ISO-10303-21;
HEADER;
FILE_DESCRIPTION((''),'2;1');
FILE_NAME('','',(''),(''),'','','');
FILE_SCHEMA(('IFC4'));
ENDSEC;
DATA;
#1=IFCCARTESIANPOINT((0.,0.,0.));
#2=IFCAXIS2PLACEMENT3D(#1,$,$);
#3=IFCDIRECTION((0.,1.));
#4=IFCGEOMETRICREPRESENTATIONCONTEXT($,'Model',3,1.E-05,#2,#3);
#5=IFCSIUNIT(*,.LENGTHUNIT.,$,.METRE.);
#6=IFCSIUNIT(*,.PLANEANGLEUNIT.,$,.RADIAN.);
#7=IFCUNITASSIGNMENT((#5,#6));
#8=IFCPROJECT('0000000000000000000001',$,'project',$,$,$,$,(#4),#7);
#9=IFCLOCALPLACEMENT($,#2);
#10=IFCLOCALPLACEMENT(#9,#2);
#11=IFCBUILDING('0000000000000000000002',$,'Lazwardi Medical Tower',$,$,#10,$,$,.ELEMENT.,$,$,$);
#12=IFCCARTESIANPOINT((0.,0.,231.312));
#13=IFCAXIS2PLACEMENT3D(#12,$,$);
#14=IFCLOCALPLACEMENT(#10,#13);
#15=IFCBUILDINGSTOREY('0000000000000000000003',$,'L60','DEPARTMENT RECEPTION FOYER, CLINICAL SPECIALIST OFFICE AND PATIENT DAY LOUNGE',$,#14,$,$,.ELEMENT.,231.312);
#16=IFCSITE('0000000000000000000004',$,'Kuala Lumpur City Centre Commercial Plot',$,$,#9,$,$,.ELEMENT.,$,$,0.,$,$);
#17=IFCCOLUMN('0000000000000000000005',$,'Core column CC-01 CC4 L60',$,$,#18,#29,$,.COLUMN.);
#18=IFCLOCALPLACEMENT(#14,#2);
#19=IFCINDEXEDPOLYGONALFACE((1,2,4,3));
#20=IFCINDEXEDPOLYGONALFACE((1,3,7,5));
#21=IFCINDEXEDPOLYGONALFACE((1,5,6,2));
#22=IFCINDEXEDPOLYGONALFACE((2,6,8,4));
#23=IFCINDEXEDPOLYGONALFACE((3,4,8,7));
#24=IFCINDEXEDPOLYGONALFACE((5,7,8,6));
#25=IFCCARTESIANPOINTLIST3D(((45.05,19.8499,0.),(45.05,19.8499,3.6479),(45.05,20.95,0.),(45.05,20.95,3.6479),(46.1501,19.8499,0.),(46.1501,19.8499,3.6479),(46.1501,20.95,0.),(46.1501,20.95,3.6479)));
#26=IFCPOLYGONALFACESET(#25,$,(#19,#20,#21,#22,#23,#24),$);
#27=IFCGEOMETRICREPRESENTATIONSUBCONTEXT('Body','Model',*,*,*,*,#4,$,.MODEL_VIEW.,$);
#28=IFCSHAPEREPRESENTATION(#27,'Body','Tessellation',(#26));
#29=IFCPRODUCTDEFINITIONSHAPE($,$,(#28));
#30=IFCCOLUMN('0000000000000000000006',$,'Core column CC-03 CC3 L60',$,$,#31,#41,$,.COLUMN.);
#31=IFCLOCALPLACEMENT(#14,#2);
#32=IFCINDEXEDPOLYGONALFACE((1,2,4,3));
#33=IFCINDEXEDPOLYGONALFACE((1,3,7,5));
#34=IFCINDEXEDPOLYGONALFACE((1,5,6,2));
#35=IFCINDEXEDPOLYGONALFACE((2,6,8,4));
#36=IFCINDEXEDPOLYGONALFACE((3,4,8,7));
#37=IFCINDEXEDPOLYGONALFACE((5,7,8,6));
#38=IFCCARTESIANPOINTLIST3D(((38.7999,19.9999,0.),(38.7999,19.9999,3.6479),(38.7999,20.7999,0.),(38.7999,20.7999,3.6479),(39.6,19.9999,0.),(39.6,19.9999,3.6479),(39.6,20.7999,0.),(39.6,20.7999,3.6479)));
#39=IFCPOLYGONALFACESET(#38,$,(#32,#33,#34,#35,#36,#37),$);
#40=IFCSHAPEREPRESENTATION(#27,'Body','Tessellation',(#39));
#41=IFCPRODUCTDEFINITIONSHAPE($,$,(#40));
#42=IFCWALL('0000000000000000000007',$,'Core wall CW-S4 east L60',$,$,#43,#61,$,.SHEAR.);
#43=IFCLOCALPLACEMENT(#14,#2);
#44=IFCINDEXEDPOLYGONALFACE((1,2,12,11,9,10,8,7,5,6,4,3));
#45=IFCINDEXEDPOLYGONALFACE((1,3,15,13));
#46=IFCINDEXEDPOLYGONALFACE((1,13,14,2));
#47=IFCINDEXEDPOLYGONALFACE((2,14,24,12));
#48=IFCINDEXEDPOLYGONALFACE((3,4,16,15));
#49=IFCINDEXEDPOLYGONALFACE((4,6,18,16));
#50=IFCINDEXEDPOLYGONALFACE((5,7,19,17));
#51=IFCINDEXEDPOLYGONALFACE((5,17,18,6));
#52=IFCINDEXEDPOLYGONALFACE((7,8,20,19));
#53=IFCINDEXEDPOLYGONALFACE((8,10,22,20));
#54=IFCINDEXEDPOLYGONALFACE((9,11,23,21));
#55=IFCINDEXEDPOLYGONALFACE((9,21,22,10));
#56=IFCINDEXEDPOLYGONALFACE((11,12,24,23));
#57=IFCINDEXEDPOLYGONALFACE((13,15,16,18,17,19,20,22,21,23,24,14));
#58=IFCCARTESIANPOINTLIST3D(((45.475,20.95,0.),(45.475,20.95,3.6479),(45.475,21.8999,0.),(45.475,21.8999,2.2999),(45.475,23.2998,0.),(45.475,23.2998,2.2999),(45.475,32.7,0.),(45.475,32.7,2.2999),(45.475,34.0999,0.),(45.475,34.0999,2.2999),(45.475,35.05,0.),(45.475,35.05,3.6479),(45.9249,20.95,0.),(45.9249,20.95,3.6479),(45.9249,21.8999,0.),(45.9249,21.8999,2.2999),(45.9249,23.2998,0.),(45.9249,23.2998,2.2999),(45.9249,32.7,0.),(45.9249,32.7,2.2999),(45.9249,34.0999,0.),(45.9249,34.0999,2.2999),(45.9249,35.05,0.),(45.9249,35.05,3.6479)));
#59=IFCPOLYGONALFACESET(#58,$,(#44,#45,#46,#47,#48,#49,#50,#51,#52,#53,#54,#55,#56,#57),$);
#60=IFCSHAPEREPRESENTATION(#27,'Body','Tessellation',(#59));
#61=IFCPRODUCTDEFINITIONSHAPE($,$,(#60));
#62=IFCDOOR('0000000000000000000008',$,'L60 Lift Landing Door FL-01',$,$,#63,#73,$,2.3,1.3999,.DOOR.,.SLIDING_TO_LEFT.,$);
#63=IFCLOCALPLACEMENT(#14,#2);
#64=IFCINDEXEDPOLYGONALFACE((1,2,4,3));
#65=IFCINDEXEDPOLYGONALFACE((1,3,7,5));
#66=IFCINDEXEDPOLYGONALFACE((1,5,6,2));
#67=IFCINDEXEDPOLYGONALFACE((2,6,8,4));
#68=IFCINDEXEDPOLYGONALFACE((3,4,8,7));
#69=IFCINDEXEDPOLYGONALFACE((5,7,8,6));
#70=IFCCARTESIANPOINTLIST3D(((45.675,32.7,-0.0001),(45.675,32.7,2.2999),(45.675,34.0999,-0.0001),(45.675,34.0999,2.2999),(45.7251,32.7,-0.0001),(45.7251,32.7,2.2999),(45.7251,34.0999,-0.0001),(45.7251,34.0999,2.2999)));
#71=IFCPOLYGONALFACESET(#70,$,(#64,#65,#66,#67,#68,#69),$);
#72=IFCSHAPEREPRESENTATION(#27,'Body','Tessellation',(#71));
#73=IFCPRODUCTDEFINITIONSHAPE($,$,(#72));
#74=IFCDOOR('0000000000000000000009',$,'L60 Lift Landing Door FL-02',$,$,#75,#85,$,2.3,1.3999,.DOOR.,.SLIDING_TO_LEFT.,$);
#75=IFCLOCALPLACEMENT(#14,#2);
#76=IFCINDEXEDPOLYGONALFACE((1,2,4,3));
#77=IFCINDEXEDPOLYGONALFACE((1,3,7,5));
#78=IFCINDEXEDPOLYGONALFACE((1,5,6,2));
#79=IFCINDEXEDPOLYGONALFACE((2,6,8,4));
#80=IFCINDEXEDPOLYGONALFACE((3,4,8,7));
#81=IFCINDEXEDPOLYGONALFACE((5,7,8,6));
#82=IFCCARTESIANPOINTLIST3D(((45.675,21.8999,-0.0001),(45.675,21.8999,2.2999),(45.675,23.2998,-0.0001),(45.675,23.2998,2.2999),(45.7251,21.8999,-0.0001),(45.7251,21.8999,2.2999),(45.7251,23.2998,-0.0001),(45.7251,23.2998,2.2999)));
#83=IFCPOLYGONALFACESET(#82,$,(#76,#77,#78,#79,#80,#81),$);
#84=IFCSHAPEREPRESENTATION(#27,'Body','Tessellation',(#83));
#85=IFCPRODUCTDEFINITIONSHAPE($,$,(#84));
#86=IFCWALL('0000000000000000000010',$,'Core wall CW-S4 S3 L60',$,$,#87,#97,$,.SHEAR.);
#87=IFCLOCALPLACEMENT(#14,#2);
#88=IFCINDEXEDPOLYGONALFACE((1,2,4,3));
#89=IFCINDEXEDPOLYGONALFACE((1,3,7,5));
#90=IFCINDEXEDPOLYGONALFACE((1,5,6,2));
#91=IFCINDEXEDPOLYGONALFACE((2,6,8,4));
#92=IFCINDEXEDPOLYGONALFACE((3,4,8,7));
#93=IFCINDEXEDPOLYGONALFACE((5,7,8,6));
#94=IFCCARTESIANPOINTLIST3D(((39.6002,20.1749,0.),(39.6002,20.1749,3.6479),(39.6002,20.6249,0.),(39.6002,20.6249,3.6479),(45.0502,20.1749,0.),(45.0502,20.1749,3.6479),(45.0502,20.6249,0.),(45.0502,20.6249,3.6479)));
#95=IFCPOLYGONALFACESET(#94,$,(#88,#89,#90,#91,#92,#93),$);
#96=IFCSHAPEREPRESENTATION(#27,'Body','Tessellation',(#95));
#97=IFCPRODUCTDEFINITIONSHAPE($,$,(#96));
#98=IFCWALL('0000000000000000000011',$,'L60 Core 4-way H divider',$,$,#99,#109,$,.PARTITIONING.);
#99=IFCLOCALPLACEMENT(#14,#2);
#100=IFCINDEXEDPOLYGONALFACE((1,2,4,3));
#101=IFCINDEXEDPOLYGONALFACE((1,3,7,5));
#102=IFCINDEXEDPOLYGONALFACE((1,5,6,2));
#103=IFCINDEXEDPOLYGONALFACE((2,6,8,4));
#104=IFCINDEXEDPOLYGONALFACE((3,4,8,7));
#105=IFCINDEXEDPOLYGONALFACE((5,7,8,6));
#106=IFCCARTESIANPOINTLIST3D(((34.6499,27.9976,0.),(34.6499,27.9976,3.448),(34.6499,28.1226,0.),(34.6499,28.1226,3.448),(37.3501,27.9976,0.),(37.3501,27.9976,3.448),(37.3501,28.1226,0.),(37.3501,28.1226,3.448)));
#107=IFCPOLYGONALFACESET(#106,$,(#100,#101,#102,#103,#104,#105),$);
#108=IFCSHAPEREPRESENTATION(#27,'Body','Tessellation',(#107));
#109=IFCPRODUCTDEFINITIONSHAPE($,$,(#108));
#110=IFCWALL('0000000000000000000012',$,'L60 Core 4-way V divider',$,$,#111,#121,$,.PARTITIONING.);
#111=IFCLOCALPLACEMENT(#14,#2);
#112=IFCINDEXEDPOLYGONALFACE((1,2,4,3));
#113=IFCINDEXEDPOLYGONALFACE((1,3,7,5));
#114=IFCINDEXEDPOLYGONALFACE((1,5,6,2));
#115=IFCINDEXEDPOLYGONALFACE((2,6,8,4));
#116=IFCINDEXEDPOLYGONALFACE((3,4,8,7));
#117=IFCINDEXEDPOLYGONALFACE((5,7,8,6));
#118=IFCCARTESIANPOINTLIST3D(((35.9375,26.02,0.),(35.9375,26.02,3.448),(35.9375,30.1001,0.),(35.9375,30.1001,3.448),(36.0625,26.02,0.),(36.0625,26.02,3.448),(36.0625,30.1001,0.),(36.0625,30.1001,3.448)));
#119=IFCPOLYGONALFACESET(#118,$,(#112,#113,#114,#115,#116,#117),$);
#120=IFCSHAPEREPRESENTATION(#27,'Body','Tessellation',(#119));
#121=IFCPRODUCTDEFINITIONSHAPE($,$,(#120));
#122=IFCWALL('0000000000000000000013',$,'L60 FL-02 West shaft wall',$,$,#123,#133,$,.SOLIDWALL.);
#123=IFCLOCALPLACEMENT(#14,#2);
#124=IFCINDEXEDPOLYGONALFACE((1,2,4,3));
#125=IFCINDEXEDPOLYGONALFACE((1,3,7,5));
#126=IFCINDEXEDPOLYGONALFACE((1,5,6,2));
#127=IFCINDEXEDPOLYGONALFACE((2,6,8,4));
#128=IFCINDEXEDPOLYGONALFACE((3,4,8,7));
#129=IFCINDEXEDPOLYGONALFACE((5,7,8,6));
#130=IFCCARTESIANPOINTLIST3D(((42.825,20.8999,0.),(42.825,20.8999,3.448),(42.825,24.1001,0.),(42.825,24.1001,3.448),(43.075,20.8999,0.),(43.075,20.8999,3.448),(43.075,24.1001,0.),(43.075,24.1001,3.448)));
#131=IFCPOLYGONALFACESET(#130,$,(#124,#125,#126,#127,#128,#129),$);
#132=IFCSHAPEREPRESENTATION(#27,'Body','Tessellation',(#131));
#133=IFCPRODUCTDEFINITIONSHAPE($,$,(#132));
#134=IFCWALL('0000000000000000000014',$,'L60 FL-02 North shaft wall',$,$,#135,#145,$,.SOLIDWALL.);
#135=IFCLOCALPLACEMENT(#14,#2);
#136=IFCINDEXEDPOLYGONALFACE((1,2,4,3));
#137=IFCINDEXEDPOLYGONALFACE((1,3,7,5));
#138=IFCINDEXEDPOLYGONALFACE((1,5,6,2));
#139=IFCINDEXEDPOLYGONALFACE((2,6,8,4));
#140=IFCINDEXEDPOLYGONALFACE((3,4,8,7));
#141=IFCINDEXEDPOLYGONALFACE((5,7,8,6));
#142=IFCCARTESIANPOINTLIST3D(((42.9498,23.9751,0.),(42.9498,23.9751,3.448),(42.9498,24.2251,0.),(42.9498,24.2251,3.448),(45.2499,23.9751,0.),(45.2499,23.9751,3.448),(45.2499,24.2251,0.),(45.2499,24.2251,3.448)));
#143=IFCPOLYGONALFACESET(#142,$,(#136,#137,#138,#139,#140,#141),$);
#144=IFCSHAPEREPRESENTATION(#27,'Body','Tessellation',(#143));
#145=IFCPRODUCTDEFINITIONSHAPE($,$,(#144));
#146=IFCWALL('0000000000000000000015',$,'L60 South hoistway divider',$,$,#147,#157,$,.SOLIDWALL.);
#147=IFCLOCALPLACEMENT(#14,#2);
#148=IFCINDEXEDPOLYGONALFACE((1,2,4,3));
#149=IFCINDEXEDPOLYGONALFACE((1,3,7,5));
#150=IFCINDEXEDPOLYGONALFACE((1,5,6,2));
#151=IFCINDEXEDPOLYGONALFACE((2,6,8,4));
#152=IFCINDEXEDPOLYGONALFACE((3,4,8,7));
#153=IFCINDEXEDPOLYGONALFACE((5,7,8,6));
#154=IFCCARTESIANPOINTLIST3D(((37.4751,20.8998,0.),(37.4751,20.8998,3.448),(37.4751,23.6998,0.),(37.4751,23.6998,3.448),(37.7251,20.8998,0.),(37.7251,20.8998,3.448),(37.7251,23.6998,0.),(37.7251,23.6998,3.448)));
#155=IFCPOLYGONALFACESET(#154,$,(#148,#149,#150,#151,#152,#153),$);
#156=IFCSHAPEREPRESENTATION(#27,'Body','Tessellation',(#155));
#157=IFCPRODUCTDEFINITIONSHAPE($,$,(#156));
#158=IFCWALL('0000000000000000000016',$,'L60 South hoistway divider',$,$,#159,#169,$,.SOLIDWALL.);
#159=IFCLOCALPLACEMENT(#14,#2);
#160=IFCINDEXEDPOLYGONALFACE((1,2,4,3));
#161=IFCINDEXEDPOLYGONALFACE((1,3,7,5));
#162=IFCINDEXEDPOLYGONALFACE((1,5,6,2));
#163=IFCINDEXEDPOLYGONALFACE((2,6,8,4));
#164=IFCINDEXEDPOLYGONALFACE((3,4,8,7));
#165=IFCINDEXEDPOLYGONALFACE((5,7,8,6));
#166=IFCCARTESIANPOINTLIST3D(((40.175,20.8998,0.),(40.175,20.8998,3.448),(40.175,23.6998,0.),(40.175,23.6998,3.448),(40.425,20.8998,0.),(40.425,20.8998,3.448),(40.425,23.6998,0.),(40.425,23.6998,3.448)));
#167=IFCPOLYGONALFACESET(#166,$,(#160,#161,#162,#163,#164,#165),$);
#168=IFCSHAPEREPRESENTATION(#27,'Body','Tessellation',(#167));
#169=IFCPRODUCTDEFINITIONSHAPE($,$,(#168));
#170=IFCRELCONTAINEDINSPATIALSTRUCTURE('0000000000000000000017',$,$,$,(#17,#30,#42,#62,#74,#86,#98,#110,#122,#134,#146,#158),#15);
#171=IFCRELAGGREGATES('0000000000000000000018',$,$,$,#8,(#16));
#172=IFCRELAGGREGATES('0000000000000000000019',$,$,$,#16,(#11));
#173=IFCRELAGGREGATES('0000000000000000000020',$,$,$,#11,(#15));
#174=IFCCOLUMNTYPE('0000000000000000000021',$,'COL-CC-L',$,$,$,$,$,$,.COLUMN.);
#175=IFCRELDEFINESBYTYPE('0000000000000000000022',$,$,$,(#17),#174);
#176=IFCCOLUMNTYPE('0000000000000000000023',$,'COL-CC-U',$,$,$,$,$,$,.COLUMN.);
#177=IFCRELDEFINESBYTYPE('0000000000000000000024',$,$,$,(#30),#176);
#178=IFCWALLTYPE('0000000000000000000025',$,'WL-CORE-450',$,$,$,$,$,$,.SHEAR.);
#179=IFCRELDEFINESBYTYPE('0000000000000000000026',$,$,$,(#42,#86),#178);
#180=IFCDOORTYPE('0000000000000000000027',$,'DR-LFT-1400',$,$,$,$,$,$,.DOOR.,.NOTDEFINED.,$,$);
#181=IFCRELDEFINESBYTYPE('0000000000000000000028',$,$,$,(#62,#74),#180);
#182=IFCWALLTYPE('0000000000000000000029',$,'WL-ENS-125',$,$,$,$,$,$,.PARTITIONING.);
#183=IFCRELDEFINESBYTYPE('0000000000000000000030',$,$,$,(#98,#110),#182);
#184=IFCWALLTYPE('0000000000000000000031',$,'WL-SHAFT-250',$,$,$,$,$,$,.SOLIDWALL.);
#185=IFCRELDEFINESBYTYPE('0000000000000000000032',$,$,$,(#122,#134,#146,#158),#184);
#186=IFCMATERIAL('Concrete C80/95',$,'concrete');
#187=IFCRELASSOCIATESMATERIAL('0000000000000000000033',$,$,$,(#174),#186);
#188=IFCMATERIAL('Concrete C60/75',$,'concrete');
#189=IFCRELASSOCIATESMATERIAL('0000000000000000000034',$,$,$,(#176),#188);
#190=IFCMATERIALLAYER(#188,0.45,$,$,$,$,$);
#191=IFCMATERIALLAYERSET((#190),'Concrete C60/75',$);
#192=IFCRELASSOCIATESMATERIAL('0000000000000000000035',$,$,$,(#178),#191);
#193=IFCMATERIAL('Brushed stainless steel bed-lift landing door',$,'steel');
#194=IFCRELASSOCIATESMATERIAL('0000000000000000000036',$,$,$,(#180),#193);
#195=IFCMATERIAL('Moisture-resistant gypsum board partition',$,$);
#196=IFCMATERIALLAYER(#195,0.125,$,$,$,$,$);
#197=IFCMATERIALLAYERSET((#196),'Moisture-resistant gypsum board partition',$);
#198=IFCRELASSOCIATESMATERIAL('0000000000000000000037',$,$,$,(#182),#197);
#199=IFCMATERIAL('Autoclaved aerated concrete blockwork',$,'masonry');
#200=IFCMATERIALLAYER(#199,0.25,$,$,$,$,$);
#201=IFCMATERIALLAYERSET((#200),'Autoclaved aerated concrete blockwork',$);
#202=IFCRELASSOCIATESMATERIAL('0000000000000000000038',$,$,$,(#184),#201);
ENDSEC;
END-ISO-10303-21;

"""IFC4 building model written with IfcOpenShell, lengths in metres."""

from ifc_helpers import new_model, si_unit, direction, frame, frame_2d, origin, origin_2d, place, context, subcontext, project, spatial, rectangle, extrude, material, layer, layer_set, material_profile, profile_set, type_object, element, fill, save


model = new_model("IFC4")

# Units and contexts
model_context = context("Model", 3, precision=1e-05, world=origin(), true_north=direction((0.0, 1.0)))
body_context = subcontext(model_context, "Body", "Model", "MODEL_VIEW")
ifc_project = project(units=[si_unit("LENGTHUNIT", "METRE"), si_unit("PLANEANGLEUNIT", "RADIAN")], contexts=[model_context])

# Site, building, storey
site_placement = place(None, origin())
site = spatial("IfcSite", under=ifc_project, at=site_placement, Name="Kuala Lumpur City Centre Commercial Plot", CompositionType="ELEMENT", RefElevation=0.0)
building_placement = place(site_placement, origin())
building = spatial("IfcBuilding", under=site, at=building_placement, Name="Lazwardi Medical Tower", CompositionType="ELEMENT")
storey_placement = place(building_placement, frame((0.0, 0.0, 231.312)))
storey = spatial("IfcBuildingStorey", under=building, at=storey_placement, Name="L60", Description="DEPARTMENT RECEPTION FOYER, CLINICAL SPECIALIST OFFICE AND PATIENT DAY LOUNGE", CompositionType="ELEMENT", Elevation=231.312)

# Columns
ifc_material_1 = material(Name="Concrete C80/95", Category="concrete")
ifc_material_profile_1 = material_profile(ifc_material_1, rectangle(XDim=1.1001, YDim=1.1001, at=origin_2d()), Name="RC 1100x1100")
ifc_profile_set_1 = profile_set([ifc_material_profile_1], Name="Concrete C80/95")
column_type_1 = type_object("IfcColumnType", Name="COL-CC-L", PredefinedType="COLUMN", material=ifc_profile_set_1)
column_1_placement = place(storey_placement, frame((45.6001, 20.3999, 0.0), z_axis=(0.0, 0.0, 1.0), x_axis=(1.0, 0.0, 0.0)))
element("IfcColumn", 1, at=column_1_placement, inside=storey, type_object=column_type_1, Name="Core column CC-01 CC4 L60", PredefinedType="COLUMN", context=body_context, shape_type="SweptSolid", body=[
    extrude(rectangle(XDim=1.1001, YDim=1.1001, at=origin_2d()), origin(), (0.0, 0.0, 1.0), 3.6479),
])
ifc_material_2 = material(Name="Concrete C60/75", Category="concrete")
ifc_material_profile_2 = material_profile(ifc_material_2, rectangle(XDim=0.8, YDim=0.8, at=origin_2d()), Name="RC 800x800")
ifc_profile_set_2 = profile_set([ifc_material_profile_2], Name="Concrete C60/75")
column_type_2 = type_object("IfcColumnType", Name="COL-CC-U", PredefinedType="COLUMN", material=ifc_profile_set_2)
column_2_placement = place(storey_placement, frame((39.2, 20.3999, 0.0), z_axis=(0.0, 0.0, 1.0), x_axis=(1.0, 0.0, 0.0)))
element("IfcColumn", 2, at=column_2_placement, inside=storey, type_object=column_type_2, Name="Core column CC-03 CC3 L60", PredefinedType="COLUMN", context=body_context, shape_type="SweptSolid", body=[
    extrude(rectangle(XDim=0.8, YDim=0.8, at=origin_2d()), origin(), (0.0, 0.0, 1.0), 3.6479),
])

# Wall, openings, doors
ifc_layer_1 = layer(ifc_material_2, 0.45)
ifc_layer_set_1 = layer_set([ifc_layer_1], Name="Concrete C60/75")
wall_type_1 = type_object("IfcWallType", Name="WL-CORE-450", PredefinedType="SHEAR", material=ifc_layer_set_1)
wall_1_placement = place(storey_placement, frame((45.7, 20.95, 0.0), z_axis=(0.0, 0.0, 1.0), x_axis=(0.0, 1.0, 0.0)))
wall_1 = element("IfcWall", 3, at=wall_1_placement, inside=storey, type_object=wall_type_1, Name="Core wall CW-S4 east L60", PredefinedType="SHEAR", context=body_context, shape_type="SweptSolid", body=[
    extrude(rectangle(XDim=14.1001, YDim=0.45, at=frame_2d((7.05, 0.0))), origin(), (0.0, 0.0, 1.0), 3.6479),
])
opening_1_placement = place(wall_1_placement, frame((11.75, 0.0, 0.0)))
opening_1 = element("IfcOpeningElement", 4, at=opening_1_placement, cuts=wall_1, PredefinedType="OPENING", context=body_context, shape_type="SweptSolid", body=[
    extrude(rectangle(XDim=1.3999, YDim=2.3, at=frame_2d((0.7, 1.1499))), frame((0.0, 0.2349, 0.0), z_axis=(0.0, -1.0, 0.0), x_axis=(1.0, 0.0, 0.0)), (0.0, 0.0, 1.0), 0.47),
])
opening_2_placement = place(wall_1_placement, frame((0.95, 0.0, 0.0)))
opening_2 = element("IfcOpeningElement", 5, at=opening_2_placement, cuts=wall_1, PredefinedType="OPENING", context=body_context, shape_type="SweptSolid", body=[
    extrude(rectangle(XDim=1.3999, YDim=2.3, at=frame_2d((0.7, 1.1499))), frame((0.0, 0.2349, 0.0), z_axis=(0.0, -1.0, 0.0), x_axis=(1.0, 0.0, 0.0)), (0.0, 0.0, 1.0), 0.47),
])
ifc_material_3 = material(Name="Brushed stainless steel bed-lift landing door", Category="steel")
door_type_1 = type_object("IfcDoorType", Name="DR-LFT-1400", OperationType="NOTDEFINED", PredefinedType="DOOR", material=ifc_material_3)
door_1_placement = place(opening_1_placement, origin())
door_1 = element("IfcDoor", 6, at=door_1_placement, inside=storey, type_object=door_type_1, Name="L60 Lift Landing Door FL-01", OperationType="SLIDING_TO_LEFT", OverallHeight=2.3, OverallWidth=1.3999, PredefinedType="DOOR", context=body_context, shape_type="SweptSolid", body=[
    extrude(rectangle(XDim=1.3999, YDim=2.3, at=frame_2d((0.7, 1.1499))), frame((0.0, 0.0249, 0.0), z_axis=(0.0, -1.0, 0.0), x_axis=(1.0, 0.0, 0.0)), (0.0, 0.0, 1.0), 0.05),
])
fill(opening_1, door_1)
door_2_placement = place(opening_2_placement, origin())
door_2 = element("IfcDoor", 7, at=door_2_placement, inside=storey, type_object=door_type_1, Name="L60 Lift Landing Door FL-02", OperationType="SLIDING_TO_LEFT", OverallHeight=2.3, OverallWidth=1.3999, PredefinedType="DOOR", context=body_context, shape_type="SweptSolid", body=[
    extrude(rectangle(XDim=1.3999, YDim=2.3, at=frame_2d((0.7, 1.1499))), frame((0.0, 0.0249, 0.0), z_axis=(0.0, -1.0, 0.0), x_axis=(1.0, 0.0, 0.0)), (0.0, 0.0, 1.0), 0.05),
])
fill(opening_2, door_2)

# Walls
wall_2_placement = place(storey_placement, frame((39.6001, 20.3999, 0.0), z_axis=(0.0, 0.0, 1.0), x_axis=(1.0, 0.0, 0.0)))
element("IfcWall", 8, at=wall_2_placement, inside=storey, type_object=wall_type_1, Name="Core wall CW-S4 S3 L60", PredefinedType="SHEAR", context=body_context, shape_type="SweptSolid", body=[
    extrude(rectangle(XDim=5.45, YDim=0.45, at=frame_2d((2.7251, 0.0))), origin(), (0.0, 0.0, 1.0), 3.6479),
])
ifc_material_4 = material(Name="Moisture-resistant gypsum board partition")
ifc_layer_2 = layer(ifc_material_4, 0.125)
ifc_layer_set_2 = layer_set([ifc_layer_2], Name="Moisture-resistant gypsum board partition")
wall_type_2 = type_object("IfcWallType", Name="WL-ENS-125", PredefinedType="PARTITIONING", material=ifc_layer_set_2)
wall_3_placement = place(storey_placement, frame((34.6499, 28.0601, 0.0), z_axis=(0.0, 0.0, 1.0), x_axis=(1.0, 0.0, 0.0)))
element("IfcWall", 9, at=wall_3_placement, inside=storey, type_object=wall_type_2, Name="L60 Core 4-way H divider", PredefinedType="PARTITIONING", context=body_context, shape_type="SweptSolid", body=[
    extrude(rectangle(XDim=2.7002, YDim=0.125, at=frame_2d((1.3501, 0.0))), origin(), (0.0, 0.0, 1.0), 3.448),
])
wall_4_placement = place(storey_placement, frame((36.0, 26.02, 0.0), z_axis=(0.0, 0.0, 1.0), x_axis=(0.0, 1.0, 0.0)))
element("IfcWall", 10, at=wall_4_placement, inside=storey, type_object=wall_type_2, Name="L60 Core 4-way V divider", PredefinedType="PARTITIONING", context=body_context, shape_type="SweptSolid", body=[
    extrude(rectangle(XDim=4.0801, YDim=0.125, at=frame_2d((2.04, 0.0))), origin(), (0.0, 0.0, 1.0), 3.448),
])
ifc_material_5 = material(Name="Autoclaved aerated concrete blockwork", Category="masonry")
ifc_layer_3 = layer(ifc_material_5, 0.25)
ifc_layer_set_3 = layer_set([ifc_layer_3], Name="Autoclaved aerated concrete blockwork")
wall_type_3 = type_object("IfcWallType", Name="WL-SHAFT-250", PredefinedType="SOLIDWALL", material=ifc_layer_set_3)
wall_5_placement = place(storey_placement, frame((42.95, 20.8999, 0.0), z_axis=(0.0, 0.0, 1.0), x_axis=(0.0, 1.0, 0.0)))
element("IfcWall", 11, at=wall_5_placement, inside=storey, type_object=wall_type_3, Name="L60 FL-02 West shaft wall", PredefinedType="SOLIDWALL", context=body_context, shape_type="SweptSolid", body=[
    extrude(rectangle(XDim=3.2002, YDim=0.25, at=frame_2d((1.6001, 0.0))), origin(), (0.0, 0.0, 1.0), 3.448),
])
wall_6_placement = place(storey_placement, frame((42.95, 24.1001, 0.0), z_axis=(0.0, 0.0, 1.0), x_axis=(1.0, 0.0, 0.0)))
element("IfcWall", 12, at=wall_6_placement, inside=storey, type_object=wall_type_3, Name="L60 FL-02 North shaft wall", PredefinedType="SOLIDWALL", context=body_context, shape_type="SweptSolid", body=[
    extrude(rectangle(XDim=2.3, YDim=0.25, at=frame_2d((1.1499, 0.0))), origin(), (0.0, 0.0, 1.0), 3.448),
])
for number, where, z_axis, x_axis, name in (
    (13, (37.6001, 20.8999, 0.0), (0.0, 0.0, 1.0), (0.0, 1.0, 0.0), "L60 South hoistway divider"),
    (14, (40.3, 20.8999, 0.0), (0.0, 0.0, 1.0), (0.0, 1.0, 0.0), "L60 South hoistway divider"),
):
    element("IfcWall", number, at=place(storey_placement, frame(where, z_axis=z_axis, x_axis=x_axis)), inside=storey, type_object=wall_type_3, Name=name, PredefinedType="SOLIDWALL", context=body_context, shape_type="SweptSolid", body=[
        extrude(rectangle(XDim=2.8, YDim=0.25, at=frame_2d((1.3999, 0.0))), origin(), (0.0, 0.0, 1.0), 3.448),
    ])

save(model, "model.ifc")
